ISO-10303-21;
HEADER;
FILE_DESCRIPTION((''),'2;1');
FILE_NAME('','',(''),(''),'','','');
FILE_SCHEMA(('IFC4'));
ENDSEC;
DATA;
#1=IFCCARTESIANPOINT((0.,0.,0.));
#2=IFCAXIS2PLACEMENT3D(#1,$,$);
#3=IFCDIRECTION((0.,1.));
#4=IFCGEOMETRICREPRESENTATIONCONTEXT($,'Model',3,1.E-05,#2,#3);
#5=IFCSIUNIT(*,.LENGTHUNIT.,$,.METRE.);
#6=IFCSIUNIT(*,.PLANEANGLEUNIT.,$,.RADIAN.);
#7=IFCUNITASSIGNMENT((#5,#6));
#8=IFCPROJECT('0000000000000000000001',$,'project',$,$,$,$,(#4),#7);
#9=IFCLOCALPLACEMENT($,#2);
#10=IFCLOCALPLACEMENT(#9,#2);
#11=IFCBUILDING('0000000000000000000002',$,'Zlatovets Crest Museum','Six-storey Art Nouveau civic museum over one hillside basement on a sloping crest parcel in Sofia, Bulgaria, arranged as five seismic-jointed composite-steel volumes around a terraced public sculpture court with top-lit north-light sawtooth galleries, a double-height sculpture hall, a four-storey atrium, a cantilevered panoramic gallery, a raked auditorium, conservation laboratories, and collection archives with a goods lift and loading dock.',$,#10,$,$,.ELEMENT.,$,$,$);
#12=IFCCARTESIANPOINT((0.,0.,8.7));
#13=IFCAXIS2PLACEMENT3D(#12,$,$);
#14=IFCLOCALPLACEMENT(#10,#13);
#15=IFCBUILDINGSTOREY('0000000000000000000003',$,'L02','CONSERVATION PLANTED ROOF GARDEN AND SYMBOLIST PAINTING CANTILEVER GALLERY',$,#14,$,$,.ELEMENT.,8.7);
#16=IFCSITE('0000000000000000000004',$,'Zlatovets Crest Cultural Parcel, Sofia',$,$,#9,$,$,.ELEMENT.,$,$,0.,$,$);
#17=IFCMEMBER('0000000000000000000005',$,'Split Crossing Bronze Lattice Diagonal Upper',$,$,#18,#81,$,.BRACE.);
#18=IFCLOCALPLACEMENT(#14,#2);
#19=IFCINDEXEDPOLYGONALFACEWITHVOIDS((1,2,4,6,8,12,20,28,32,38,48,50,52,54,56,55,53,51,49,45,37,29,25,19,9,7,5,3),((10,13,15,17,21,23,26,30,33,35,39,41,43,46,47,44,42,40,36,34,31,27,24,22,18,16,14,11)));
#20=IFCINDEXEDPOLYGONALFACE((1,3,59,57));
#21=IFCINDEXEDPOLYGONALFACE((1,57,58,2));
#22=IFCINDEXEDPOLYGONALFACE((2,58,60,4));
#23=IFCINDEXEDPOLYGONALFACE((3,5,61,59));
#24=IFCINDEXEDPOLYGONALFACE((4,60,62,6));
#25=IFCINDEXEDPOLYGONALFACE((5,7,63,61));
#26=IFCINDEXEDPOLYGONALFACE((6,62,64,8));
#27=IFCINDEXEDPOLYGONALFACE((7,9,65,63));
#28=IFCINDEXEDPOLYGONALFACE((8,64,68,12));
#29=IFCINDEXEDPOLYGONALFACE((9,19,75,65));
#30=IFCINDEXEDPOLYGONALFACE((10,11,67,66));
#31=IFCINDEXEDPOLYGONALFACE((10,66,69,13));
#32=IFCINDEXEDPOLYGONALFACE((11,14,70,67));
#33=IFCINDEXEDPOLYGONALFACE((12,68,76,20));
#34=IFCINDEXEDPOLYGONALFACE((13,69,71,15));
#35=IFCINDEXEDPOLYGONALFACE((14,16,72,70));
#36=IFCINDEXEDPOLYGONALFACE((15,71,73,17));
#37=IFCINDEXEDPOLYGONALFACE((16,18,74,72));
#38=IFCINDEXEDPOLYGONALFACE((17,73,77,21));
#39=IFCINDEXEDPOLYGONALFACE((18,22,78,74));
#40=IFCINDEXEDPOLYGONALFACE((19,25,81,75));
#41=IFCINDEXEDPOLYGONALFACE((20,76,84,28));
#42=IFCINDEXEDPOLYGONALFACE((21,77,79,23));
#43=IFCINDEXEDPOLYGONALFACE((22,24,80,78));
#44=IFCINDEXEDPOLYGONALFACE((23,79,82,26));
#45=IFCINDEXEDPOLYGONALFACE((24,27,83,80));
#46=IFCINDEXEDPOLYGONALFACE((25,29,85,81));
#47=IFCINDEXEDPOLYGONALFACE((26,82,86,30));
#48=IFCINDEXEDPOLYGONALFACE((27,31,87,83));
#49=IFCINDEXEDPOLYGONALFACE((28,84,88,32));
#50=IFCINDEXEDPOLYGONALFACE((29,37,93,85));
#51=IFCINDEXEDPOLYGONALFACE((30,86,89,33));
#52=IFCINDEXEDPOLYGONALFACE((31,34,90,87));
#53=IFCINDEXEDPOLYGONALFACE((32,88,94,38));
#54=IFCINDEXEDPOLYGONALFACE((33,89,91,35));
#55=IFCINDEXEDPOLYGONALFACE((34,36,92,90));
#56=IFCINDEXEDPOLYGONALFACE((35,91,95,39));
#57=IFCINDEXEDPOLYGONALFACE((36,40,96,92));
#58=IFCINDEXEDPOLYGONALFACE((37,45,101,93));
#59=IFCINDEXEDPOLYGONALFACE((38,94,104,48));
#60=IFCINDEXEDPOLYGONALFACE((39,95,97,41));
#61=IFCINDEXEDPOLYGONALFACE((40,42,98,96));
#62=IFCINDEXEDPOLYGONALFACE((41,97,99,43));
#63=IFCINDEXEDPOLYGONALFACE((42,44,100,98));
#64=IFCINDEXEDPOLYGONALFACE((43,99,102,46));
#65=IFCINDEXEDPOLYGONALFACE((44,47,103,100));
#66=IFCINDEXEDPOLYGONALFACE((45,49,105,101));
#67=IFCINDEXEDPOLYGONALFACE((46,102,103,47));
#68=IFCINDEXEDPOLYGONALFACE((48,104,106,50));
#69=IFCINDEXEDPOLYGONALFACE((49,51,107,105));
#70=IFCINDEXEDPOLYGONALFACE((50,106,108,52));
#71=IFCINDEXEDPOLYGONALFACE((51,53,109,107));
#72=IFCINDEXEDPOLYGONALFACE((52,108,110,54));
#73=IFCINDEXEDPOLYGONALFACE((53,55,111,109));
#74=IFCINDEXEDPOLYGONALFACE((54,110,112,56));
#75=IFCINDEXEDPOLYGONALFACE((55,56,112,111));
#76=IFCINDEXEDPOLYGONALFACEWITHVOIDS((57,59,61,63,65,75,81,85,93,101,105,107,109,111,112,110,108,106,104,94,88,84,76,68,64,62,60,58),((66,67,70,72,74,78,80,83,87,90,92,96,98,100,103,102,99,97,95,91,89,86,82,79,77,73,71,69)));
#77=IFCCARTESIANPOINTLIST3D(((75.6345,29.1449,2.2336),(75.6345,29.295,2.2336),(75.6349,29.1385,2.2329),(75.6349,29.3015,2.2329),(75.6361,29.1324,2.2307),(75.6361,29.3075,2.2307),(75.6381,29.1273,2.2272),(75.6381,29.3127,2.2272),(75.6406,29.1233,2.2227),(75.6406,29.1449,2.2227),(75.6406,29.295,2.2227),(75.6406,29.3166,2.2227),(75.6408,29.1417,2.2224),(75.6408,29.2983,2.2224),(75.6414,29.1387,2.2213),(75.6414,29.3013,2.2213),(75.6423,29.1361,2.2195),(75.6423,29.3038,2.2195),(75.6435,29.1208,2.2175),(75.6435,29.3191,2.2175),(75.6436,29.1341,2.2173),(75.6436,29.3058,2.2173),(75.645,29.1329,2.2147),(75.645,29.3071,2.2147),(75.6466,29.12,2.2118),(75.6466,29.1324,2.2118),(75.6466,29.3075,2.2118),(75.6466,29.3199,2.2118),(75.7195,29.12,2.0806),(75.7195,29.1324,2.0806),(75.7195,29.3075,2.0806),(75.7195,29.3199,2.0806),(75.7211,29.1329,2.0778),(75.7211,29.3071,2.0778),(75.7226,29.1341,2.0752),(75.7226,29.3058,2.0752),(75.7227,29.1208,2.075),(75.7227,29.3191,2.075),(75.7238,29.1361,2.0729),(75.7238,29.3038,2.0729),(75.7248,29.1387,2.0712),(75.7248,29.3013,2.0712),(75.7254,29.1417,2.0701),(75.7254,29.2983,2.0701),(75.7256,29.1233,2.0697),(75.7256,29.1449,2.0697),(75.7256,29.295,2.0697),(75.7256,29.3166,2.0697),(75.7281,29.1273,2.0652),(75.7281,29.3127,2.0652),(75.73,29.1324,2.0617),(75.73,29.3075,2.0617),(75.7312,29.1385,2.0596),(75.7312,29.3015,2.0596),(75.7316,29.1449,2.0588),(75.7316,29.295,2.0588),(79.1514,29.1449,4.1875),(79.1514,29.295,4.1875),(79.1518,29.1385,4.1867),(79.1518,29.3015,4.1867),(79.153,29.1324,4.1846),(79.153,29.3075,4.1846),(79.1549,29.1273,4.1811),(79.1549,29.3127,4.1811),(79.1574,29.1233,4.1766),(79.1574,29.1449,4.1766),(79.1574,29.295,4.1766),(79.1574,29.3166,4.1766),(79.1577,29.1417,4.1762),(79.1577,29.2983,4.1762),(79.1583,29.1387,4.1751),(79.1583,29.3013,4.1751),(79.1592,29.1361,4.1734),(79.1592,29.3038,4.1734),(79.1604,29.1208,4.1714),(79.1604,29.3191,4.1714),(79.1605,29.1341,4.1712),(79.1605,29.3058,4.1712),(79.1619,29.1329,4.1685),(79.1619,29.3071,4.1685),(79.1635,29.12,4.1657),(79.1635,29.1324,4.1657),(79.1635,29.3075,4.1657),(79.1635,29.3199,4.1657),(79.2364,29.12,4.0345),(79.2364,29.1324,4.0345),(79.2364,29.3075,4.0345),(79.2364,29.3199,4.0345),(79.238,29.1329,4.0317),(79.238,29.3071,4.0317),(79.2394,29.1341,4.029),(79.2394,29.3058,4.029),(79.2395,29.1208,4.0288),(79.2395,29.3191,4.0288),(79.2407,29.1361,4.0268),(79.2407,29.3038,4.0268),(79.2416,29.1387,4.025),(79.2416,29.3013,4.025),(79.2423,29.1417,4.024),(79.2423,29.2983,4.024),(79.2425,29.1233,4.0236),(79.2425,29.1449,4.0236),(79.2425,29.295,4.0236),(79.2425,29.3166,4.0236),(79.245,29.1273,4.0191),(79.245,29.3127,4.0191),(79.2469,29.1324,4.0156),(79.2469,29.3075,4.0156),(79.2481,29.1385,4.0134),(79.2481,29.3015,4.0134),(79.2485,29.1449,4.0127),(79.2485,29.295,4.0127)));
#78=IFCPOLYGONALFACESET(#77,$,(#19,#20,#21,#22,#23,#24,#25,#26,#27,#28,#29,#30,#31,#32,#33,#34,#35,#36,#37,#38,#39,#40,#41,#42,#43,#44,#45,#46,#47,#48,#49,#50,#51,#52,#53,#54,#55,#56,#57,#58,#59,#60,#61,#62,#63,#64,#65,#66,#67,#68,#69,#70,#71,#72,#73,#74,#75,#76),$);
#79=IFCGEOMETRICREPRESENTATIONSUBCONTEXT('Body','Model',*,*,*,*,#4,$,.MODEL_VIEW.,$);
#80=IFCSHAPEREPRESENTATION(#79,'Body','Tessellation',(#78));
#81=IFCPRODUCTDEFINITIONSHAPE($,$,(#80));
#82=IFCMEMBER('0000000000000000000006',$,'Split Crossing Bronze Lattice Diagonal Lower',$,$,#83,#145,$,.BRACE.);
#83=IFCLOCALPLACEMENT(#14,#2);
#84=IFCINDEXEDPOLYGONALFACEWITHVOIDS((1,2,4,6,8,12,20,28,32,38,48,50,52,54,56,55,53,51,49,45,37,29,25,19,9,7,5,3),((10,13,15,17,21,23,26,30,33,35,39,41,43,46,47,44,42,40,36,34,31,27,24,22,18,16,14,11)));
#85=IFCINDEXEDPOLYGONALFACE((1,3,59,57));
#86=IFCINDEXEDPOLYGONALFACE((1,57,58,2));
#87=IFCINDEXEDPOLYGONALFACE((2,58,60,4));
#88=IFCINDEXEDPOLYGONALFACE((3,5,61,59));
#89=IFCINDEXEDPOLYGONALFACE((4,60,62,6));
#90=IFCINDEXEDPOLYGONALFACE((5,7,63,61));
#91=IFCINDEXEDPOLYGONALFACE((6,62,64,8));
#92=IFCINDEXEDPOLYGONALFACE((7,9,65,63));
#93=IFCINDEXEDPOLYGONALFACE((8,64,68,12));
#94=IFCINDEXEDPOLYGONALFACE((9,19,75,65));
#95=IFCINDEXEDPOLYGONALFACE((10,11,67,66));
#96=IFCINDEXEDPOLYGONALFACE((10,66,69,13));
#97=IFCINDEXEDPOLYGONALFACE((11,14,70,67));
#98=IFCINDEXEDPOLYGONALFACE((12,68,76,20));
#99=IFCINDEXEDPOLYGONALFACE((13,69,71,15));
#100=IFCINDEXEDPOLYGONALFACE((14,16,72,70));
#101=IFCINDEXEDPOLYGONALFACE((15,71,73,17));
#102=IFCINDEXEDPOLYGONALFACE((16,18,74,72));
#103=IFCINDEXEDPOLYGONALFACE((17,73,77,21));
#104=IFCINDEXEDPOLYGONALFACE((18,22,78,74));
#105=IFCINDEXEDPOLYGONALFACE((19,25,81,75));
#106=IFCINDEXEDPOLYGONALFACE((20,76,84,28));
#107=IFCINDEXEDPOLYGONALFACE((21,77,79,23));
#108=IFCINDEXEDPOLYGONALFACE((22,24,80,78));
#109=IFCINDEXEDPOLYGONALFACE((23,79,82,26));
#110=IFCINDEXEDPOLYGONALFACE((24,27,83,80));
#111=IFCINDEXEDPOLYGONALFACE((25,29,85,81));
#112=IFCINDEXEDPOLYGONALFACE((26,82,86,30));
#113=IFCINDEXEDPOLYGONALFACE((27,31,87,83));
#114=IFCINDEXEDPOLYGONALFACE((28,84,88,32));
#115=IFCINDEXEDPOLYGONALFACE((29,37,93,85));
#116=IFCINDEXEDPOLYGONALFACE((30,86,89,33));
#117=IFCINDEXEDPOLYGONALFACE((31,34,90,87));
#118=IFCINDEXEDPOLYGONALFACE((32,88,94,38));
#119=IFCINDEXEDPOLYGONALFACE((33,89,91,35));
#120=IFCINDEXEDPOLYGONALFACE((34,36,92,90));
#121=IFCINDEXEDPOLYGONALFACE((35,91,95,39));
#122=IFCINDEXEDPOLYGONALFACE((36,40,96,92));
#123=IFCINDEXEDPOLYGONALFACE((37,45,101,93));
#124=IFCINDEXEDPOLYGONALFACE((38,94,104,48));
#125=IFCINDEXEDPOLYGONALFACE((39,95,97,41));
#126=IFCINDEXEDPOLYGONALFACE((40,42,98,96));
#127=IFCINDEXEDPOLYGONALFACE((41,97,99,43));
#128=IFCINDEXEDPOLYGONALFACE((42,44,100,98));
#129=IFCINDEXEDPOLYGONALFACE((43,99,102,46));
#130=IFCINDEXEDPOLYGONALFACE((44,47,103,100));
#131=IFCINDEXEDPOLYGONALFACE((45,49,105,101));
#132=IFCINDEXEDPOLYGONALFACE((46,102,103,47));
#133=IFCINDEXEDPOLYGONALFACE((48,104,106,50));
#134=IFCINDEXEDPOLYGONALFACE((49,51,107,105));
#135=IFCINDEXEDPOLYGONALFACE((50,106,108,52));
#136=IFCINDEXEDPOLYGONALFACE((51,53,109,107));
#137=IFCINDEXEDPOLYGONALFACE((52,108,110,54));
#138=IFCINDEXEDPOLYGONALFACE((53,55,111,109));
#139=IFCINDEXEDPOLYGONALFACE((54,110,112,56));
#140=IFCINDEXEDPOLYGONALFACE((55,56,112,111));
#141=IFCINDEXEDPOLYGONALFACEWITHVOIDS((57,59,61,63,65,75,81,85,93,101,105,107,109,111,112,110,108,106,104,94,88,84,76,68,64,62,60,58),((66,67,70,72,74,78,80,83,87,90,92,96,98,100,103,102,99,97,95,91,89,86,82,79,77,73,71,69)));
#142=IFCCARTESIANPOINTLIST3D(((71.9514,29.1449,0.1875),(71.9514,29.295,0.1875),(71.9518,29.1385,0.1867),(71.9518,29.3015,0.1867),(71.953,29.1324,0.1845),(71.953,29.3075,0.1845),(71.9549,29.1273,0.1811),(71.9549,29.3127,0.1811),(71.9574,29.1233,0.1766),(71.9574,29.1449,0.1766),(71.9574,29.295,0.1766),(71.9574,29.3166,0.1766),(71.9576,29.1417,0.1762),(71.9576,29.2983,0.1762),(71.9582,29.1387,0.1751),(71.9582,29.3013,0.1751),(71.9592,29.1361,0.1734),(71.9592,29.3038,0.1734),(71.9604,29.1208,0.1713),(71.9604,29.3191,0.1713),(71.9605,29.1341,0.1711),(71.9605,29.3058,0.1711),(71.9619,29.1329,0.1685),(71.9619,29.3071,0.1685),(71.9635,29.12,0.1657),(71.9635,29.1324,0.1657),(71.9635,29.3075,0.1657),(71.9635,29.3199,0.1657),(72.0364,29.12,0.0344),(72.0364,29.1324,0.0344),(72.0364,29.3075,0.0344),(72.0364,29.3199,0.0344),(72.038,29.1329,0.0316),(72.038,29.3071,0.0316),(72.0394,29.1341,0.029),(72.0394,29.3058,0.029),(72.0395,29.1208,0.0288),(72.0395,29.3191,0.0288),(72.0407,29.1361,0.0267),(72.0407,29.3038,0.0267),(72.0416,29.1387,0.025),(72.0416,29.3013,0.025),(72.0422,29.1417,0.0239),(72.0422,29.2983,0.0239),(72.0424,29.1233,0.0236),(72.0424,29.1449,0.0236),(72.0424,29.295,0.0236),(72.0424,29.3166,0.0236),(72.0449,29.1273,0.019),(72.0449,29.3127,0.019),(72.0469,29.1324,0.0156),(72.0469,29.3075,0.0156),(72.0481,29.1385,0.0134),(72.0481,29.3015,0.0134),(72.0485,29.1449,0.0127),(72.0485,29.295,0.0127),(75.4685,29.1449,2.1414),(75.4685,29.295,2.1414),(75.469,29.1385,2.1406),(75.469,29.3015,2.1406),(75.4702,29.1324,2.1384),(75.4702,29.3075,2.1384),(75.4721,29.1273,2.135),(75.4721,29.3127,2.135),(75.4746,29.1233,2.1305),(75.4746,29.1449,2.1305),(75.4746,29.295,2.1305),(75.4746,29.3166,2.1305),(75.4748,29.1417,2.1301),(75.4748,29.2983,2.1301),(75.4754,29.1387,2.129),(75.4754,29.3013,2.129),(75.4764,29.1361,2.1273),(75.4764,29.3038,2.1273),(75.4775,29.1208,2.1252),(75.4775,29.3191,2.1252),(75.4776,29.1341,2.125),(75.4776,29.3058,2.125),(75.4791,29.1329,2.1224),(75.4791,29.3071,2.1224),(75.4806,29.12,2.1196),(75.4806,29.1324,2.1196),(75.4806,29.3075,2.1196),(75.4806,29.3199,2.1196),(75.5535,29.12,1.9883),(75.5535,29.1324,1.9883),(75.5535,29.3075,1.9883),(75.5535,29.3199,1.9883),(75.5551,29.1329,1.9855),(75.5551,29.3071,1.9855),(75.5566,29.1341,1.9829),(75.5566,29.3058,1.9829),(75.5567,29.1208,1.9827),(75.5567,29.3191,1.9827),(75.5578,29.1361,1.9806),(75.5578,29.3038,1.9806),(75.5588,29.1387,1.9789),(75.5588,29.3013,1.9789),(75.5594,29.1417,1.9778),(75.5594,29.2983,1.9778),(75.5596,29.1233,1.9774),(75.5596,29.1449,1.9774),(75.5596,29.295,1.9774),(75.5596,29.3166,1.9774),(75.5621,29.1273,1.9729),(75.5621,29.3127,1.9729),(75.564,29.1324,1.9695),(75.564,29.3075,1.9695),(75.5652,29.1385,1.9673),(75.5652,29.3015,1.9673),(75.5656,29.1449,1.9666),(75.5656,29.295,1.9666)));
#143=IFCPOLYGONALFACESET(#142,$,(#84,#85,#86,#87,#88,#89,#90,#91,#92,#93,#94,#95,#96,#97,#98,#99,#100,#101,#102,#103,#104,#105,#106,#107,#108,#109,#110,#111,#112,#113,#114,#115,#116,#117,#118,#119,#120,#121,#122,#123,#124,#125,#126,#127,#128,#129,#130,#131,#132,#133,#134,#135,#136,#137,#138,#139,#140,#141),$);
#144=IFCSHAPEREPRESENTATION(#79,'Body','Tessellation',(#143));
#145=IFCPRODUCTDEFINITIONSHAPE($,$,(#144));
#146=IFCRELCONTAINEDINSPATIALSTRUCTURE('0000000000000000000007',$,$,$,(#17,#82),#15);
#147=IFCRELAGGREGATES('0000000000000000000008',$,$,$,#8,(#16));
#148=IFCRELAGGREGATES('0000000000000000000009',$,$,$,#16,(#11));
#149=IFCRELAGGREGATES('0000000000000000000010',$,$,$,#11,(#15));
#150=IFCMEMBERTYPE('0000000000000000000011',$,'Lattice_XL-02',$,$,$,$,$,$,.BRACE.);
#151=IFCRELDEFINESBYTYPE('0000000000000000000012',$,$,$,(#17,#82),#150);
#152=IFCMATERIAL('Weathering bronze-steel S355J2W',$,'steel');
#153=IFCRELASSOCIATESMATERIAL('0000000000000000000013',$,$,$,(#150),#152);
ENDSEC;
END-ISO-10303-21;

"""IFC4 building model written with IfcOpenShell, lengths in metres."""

from ifc_helpers import new_model, si_unit, direction, frame, origin, origin_2d, place, context, subcontext, project, spatial, hollow_rectangle, extrude, material, material_profile, profile_set, type_object, element, save


model = new_model("IFC4")

# Units and contexts
model_context = context("Model", 3, precision=1e-05, world=origin(), true_north=direction((0.0, 1.0)))
body_context = subcontext(model_context, "Body", "Model", "MODEL_VIEW")
ifc_project = project(units=[si_unit("LENGTHUNIT", "METRE"), si_unit("PLANEANGLEUNIT", "RADIAN")], contexts=[model_context])

# Site, building, storey
site_placement = place(None, origin())
site = spatial("IfcSite", under=ifc_project, at=site_placement, Name="Zlatovets Crest Cultural Parcel, Sofia", CompositionType="ELEMENT", RefElevation=0.0)
building_placement = place(site_placement, origin())
building = spatial("IfcBuilding", under=site, at=building_placement, Name="Zlatovets Crest Museum", Description="Six-storey Art Nouveau civic museum over one hillside basement on a sloping crest parcel in Sofia, Bulgaria, arranged as five seismic-jointed composite-steel volumes around a terraced public sculpture court with top-lit north-light sawtooth galleries, a double-height sculpture hall, a four-storey atrium, a cantilevered panoramic gallery, a raked auditorium, conservation laboratories, and collection archives with a goods lift and loading dock.", CompositionType="ELEMENT")
storey_placement = place(building_placement, frame((0.0, 0.0, 8.7)))
storey = spatial("IfcBuildingStorey", under=building, at=storey_placement, Name="L02", Description="CONSERVATION PLANTED ROOF GARDEN AND SYMBOLIST PAINTING CANTILEVER GALLERY", CompositionType="ELEMENT", Elevation=8.7)

# Members
ifc_material_1 = material(Name="Weathering bronze-steel S355J2W", Category="steel")
ifc_material_profile_1 = material_profile(ifc_material_1, hollow_rectangle(XDim=0.2, YDim=0.2, WallThickness=0.0125, InnerFilletRadius=0.0125, OuterFilletRadius=0.0249, at=origin_2d()), Name="SHS 200x200x12.5")
ifc_profile_set_1 = profile_set([ifc_material_profile_1], Name="Weathering bronze-steel S355J2W")
member_type_1 = type_object("IfcMemberType", Name="Lattice_XL-02", PredefinedType="BRACE", material=ifc_profile_set_1)
member_1_placement = place(storey_placement, frame((79.2, 29.22, 4.1001), z_axis=(-0.874152, 0.0, -0.485653), x_axis=(0.0, -1.0, 0.0)))
element("IfcMember", 1, at=member_1_placement, inside=storey, type_object=member_type_1, Name="Split Crossing Bronze Lattice Diagonal Upper", PredefinedType="BRACE", context=body_context, shape_type="SweptSolid", body=[
    extrude(hollow_rectangle(XDim=0.2, YDim=0.2, WallThickness=0.0125, InnerFilletRadius=0.0125, OuterFilletRadius=0.0249, at=origin_2d()), origin(), (0.0, 0.0, 1.0), 4.0232),
])
member_2_placement = place(storey_placement, frame((75.5171, 29.22, 2.054), z_axis=(-0.874166, 0.0, -0.485627), x_axis=(0.0, -1.0, 0.0)))
element("IfcMember", 2, at=member_2_placement, inside=storey, type_object=member_type_1, Name="Split Crossing Bronze Lattice Diagonal Lower", PredefinedType="BRACE", context=body_context, shape_type="SweptSolid", body=[
    extrude(hollow_rectangle(XDim=0.2, YDim=0.2, WallThickness=0.0125, InnerFilletRadius=0.0125, OuterFilletRadius=0.0249, at=origin_2d()), origin(), (0.0, 0.0, 1.0), 4.0234),
])

save(model, "model.ifc")
